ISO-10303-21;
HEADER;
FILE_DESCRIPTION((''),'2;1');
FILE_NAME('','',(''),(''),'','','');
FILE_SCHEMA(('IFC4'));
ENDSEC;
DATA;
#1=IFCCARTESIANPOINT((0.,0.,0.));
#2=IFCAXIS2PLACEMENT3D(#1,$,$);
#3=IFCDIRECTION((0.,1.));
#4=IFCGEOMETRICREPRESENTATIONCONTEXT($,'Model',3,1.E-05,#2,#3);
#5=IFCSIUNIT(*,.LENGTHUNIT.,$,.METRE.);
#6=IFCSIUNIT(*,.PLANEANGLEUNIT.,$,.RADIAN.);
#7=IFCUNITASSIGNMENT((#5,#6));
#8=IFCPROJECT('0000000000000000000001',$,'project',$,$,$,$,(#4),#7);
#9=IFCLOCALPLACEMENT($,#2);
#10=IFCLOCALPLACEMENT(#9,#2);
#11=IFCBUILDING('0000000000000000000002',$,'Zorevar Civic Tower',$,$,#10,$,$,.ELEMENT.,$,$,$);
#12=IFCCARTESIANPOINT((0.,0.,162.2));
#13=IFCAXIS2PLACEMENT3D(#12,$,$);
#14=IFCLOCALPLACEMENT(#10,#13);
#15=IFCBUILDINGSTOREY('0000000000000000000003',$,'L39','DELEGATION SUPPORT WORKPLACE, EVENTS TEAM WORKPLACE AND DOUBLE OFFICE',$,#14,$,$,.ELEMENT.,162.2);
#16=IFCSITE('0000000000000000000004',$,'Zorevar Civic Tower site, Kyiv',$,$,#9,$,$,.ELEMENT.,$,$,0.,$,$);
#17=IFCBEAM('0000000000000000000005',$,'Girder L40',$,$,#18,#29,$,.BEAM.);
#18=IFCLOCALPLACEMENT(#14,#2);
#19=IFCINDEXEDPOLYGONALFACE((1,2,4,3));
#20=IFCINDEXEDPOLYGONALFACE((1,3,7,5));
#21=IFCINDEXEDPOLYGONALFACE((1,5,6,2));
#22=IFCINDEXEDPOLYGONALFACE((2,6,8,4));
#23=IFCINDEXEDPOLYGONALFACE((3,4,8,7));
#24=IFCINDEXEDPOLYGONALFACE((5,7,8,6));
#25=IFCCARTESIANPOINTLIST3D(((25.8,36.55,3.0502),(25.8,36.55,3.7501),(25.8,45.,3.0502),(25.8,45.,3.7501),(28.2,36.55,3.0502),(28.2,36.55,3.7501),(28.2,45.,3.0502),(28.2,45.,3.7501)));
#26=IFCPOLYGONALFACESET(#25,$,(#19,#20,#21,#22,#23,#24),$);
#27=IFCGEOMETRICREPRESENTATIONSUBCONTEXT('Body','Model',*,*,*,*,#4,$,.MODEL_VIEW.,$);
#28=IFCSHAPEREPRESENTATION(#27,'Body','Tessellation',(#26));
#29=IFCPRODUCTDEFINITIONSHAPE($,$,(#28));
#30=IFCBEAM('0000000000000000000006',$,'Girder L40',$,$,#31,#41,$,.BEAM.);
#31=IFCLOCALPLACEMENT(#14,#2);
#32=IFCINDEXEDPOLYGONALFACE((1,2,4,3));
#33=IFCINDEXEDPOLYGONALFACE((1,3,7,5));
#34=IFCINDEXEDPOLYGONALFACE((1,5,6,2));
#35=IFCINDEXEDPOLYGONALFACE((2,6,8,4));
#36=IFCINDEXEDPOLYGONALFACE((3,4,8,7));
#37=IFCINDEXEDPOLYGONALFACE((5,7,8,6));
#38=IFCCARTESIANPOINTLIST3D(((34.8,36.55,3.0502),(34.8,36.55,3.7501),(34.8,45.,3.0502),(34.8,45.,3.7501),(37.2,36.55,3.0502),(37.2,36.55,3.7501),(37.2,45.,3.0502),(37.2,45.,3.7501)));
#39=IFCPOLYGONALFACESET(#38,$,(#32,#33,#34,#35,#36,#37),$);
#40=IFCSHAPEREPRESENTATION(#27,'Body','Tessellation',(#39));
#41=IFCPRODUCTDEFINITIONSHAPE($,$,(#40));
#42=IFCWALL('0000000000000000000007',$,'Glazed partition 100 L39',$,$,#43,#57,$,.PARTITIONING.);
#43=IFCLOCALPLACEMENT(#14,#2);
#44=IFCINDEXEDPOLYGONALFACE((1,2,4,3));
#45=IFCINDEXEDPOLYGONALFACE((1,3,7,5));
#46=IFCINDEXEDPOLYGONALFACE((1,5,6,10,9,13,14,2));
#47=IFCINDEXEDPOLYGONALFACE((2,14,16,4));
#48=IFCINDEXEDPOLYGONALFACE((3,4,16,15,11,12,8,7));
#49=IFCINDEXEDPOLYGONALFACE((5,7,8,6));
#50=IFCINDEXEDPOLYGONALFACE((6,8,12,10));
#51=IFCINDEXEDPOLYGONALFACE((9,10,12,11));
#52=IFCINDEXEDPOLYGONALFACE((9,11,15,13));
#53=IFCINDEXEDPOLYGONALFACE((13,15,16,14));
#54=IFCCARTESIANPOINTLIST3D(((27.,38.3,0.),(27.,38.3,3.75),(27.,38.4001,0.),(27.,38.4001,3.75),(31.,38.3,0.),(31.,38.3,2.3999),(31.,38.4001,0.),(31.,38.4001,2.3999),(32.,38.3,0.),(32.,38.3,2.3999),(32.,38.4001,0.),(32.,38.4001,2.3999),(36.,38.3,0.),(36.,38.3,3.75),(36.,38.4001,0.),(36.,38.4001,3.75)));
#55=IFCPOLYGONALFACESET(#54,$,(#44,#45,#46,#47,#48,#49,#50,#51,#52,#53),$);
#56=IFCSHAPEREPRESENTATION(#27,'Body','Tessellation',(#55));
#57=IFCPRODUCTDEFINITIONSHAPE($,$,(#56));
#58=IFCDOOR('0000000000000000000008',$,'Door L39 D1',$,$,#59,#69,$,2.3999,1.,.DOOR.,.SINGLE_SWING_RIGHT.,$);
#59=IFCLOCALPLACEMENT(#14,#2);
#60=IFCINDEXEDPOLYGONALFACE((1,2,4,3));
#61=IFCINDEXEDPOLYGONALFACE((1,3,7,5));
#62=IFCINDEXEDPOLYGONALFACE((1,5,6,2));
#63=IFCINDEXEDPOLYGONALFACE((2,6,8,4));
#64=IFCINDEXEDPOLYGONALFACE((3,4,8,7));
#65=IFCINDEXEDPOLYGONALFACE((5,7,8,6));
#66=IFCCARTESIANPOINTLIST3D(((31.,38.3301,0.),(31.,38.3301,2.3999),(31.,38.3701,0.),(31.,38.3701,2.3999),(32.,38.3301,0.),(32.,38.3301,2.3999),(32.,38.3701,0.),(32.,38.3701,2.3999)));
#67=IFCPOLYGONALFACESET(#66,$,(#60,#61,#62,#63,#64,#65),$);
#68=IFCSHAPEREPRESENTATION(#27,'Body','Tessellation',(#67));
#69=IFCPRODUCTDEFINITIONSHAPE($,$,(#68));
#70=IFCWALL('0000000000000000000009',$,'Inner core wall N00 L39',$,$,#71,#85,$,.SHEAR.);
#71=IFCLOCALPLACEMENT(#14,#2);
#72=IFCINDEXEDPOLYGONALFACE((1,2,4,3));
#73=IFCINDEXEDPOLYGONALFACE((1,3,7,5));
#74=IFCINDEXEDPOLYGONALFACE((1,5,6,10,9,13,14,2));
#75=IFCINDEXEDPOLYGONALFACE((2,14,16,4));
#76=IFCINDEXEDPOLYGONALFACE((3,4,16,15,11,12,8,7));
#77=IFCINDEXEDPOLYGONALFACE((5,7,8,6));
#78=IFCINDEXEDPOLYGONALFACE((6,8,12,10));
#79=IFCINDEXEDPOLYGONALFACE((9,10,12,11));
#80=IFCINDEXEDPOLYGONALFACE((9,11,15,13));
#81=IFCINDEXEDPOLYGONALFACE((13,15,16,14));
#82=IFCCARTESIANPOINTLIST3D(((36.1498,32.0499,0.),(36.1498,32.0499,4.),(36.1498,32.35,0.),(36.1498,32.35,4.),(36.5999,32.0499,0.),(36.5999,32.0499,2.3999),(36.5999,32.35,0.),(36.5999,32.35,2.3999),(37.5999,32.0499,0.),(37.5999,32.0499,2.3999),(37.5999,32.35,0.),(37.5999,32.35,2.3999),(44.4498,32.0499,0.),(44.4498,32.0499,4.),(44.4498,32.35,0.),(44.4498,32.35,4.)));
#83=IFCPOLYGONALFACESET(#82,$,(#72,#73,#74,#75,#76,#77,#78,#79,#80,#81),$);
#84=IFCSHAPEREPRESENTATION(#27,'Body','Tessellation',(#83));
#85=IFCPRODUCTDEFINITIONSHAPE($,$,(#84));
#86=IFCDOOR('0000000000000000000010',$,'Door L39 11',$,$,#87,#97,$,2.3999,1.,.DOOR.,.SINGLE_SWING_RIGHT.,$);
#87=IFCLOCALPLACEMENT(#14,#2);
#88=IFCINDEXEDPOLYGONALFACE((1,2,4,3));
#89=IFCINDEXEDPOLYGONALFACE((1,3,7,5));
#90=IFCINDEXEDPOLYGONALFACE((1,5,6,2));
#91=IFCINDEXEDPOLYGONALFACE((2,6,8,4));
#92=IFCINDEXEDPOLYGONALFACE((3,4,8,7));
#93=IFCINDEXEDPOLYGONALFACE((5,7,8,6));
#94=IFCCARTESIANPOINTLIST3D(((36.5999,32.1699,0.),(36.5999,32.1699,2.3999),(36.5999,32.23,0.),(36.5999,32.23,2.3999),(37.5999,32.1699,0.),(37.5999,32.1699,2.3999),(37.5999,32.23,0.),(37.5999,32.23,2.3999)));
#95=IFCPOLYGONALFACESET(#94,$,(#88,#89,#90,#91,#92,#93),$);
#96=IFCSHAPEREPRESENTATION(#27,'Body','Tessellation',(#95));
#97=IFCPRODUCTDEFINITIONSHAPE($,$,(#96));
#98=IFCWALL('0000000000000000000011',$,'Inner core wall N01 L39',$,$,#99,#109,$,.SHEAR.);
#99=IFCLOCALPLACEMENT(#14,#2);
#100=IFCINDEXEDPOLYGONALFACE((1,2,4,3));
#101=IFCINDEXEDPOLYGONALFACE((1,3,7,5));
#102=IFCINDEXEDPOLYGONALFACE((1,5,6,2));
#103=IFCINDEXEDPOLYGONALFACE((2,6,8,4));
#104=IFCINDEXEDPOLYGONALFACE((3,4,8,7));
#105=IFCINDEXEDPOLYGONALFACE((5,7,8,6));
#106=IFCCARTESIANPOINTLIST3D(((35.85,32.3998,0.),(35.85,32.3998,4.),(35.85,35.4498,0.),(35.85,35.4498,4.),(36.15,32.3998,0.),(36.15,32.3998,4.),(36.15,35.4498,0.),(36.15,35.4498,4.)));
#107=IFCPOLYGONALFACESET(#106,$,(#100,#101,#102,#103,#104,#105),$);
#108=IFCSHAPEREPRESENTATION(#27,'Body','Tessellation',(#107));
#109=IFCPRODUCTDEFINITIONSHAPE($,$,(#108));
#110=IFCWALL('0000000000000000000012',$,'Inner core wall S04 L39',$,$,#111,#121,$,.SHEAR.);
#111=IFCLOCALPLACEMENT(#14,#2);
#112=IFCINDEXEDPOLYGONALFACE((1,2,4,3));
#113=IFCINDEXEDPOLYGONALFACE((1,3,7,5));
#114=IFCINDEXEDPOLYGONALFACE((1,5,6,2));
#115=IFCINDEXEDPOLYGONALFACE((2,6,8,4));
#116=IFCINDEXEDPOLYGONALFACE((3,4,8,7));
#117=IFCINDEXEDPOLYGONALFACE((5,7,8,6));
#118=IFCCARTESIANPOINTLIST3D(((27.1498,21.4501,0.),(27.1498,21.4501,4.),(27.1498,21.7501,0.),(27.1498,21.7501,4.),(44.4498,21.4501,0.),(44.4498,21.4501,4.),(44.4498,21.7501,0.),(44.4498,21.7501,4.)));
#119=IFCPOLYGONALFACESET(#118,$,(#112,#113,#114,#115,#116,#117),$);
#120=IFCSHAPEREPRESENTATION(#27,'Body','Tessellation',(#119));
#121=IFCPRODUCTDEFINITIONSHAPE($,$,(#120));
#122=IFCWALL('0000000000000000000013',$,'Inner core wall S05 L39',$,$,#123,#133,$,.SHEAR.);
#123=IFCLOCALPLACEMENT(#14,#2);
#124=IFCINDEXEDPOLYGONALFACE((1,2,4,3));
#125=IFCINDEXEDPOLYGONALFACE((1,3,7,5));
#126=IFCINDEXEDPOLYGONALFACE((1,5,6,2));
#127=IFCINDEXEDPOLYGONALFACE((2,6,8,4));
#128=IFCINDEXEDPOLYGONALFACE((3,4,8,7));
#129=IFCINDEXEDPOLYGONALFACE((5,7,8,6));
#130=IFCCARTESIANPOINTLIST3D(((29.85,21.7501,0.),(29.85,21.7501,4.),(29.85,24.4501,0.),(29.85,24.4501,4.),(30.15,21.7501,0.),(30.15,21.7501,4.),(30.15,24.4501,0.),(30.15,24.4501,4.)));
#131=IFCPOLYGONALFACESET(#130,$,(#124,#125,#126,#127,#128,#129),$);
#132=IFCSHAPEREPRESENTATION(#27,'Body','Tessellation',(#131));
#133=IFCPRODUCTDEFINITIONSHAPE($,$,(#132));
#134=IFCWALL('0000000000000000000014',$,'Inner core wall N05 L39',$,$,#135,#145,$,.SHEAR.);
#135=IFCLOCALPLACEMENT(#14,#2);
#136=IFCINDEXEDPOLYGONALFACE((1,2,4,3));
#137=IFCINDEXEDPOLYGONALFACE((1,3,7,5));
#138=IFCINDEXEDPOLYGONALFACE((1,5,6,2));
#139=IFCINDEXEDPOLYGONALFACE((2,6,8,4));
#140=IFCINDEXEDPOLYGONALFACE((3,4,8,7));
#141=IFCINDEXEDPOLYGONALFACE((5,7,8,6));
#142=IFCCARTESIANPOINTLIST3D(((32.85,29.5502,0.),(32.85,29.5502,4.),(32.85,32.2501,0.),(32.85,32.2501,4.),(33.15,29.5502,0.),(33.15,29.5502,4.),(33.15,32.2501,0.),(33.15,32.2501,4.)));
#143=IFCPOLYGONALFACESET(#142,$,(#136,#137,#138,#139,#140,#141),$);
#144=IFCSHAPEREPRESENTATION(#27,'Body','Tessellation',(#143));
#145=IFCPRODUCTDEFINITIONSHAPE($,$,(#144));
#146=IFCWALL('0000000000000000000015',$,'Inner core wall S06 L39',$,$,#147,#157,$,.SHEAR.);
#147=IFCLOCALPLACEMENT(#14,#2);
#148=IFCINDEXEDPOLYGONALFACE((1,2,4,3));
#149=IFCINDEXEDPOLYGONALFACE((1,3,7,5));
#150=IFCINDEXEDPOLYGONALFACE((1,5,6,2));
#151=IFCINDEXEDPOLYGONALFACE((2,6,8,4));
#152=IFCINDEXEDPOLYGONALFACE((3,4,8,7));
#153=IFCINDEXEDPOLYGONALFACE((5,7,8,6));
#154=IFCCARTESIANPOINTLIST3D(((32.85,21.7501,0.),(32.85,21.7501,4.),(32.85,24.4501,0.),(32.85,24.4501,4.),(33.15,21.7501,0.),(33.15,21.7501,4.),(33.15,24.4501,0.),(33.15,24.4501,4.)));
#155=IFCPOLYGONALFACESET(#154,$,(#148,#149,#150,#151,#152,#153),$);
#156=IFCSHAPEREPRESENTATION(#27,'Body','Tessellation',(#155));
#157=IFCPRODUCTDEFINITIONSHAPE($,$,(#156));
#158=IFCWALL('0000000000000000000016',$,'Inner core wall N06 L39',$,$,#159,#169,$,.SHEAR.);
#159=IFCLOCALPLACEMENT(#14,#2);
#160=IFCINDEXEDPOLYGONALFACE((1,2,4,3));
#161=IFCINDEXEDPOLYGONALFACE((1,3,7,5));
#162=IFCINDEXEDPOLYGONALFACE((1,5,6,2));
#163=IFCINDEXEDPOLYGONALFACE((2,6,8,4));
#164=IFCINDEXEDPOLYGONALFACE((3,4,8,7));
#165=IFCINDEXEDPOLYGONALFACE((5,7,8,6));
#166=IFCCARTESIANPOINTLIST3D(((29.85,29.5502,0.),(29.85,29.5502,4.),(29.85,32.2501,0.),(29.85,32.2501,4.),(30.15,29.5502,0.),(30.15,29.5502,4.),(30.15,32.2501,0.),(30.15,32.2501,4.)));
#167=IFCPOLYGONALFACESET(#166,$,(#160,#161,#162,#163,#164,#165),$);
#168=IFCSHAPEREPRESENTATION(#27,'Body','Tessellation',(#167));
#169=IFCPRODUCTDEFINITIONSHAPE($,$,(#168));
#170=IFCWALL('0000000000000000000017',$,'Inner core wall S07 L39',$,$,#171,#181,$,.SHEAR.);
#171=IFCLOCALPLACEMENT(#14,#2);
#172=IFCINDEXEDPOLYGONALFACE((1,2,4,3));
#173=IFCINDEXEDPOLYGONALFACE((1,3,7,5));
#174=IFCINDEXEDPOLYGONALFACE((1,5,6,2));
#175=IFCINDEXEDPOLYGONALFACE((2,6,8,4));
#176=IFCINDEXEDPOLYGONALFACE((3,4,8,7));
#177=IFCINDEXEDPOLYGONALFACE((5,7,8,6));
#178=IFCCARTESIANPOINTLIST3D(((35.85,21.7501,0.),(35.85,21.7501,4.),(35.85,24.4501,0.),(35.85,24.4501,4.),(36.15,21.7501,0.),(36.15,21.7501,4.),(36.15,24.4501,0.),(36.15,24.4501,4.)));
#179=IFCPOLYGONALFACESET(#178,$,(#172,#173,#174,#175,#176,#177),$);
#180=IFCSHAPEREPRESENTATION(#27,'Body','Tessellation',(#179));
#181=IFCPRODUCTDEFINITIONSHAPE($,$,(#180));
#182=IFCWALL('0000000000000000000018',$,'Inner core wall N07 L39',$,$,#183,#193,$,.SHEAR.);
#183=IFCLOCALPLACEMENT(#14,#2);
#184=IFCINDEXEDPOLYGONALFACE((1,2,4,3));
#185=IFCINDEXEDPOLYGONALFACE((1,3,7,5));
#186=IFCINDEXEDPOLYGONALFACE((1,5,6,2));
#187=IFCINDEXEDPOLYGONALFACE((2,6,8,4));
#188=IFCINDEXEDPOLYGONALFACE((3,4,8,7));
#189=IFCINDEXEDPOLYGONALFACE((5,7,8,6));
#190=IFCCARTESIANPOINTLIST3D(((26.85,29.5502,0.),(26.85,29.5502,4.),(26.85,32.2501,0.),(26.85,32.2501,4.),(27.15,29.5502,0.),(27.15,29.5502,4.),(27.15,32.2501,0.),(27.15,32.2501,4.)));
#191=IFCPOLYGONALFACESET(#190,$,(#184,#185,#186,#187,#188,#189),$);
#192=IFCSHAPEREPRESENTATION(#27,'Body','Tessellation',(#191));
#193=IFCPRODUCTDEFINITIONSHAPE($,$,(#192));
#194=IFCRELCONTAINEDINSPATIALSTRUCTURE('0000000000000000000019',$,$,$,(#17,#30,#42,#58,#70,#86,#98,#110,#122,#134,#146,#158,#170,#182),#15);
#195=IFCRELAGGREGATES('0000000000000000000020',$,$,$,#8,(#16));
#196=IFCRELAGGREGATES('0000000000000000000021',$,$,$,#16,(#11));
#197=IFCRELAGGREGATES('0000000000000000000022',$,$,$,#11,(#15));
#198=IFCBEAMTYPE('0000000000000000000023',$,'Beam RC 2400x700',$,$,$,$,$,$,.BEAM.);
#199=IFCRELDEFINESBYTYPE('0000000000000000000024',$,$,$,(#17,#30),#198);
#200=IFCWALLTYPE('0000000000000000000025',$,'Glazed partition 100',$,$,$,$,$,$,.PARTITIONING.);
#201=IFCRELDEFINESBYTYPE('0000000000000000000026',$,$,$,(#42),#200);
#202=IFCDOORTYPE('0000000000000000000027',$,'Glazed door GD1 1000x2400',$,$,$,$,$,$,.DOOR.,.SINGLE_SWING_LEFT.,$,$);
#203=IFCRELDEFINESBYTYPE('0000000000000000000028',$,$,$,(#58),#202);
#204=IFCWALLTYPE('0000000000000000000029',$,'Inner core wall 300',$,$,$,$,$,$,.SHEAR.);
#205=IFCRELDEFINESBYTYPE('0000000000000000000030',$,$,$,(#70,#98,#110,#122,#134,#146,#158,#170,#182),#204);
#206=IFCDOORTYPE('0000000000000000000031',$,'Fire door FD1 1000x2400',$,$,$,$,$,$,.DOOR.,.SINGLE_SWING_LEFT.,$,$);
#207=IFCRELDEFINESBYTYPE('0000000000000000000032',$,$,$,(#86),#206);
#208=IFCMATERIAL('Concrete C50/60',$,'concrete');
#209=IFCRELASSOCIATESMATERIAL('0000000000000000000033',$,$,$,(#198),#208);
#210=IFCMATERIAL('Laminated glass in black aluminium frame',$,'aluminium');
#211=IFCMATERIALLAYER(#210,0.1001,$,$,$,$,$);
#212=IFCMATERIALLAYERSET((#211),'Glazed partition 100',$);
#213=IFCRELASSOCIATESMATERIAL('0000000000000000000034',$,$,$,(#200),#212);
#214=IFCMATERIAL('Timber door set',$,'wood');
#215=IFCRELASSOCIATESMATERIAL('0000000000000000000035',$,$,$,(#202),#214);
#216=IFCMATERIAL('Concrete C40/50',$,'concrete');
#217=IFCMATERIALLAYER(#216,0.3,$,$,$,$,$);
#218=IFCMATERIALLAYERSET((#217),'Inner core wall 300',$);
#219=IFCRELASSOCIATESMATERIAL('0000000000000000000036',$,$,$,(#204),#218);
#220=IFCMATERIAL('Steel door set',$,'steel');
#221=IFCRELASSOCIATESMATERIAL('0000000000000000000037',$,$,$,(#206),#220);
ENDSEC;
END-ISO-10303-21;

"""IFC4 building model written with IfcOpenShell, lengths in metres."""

from ifc_helpers import new_model, si_unit, direction, frame, frame_2d, origin, origin_2d, place, context, subcontext, project, spatial, rectangle, extrude, material, layer, layer_set, material_profile, profile_set, type_object, element, fill, save


model = new_model("IFC4")

# Units and contexts
model_context = context("Model", 3, precision=1e-05, world=origin(), true_north=direction((0.0, 1.0)))
body_context = subcontext(model_context, "Body", "Model", "MODEL_VIEW")
ifc_project = project(units=[si_unit("LENGTHUNIT", "METRE"), si_unit("PLANEANGLEUNIT", "RADIAN")], contexts=[model_context])

# Site, building, storey
site_placement = place(None, origin())
site = spatial("IfcSite", under=ifc_project, at=site_placement, Name="Zorevar Civic Tower site, Kyiv", CompositionType="ELEMENT", RefElevation=0.0)
building_placement = place(site_placement, origin())
building = spatial("IfcBuilding", under=site, at=building_placement, Name="Zorevar Civic Tower", CompositionType="ELEMENT")
storey_placement = place(building_placement, frame((0.0, 0.0, 162.2)))
storey = spatial("IfcBuildingStorey", under=building, at=storey_placement, Name="L39", Description="DELEGATION SUPPORT WORKPLACE, EVENTS TEAM WORKPLACE AND DOUBLE OFFICE", CompositionType="ELEMENT", Elevation=162.2)

# Beams
ifc_material_1 = material(Name="Concrete C50/60", Category="concrete")
ifc_material_profile = material_profile(ifc_material_1, rectangle(XDim=2.3999, YDim=0.7, at=origin_2d()), Name="RC 2400x700")
ifc_profile_set = profile_set([ifc_material_profile], Name="Concrete C50/60")
beam_type = type_object("IfcBeamType", Name="Beam RC 2400x700", PredefinedType="BEAM", material=ifc_profile_set)
for number, where, z_axis, x_axis, name in (
    (1, (27.0, 36.55, 3.4001), (0.0, 1.0, 0.0), (-1.0, 0.0, 0.0), "Girder L40"),
    (2, (36.0, 36.55, 3.4001), (0.0, 1.0, 0.0), (-1.0, 0.0, 0.0), "Girder L40"),
):
    element("IfcBeam", number, at=place(storey_placement, frame(where, z_axis=z_axis, x_axis=x_axis)), inside=storey, type_object=beam_type, Name=name, PredefinedType="BEAM", context=body_context, shape_type="SweptSolid", body=[
        extrude(rectangle(XDim=2.3999, YDim=0.7, at=origin_2d()), origin(), (0.0, 0.0, 1.0), 8.45),
    ])

# Walls, openings, doors
ifc_material_2 = material(Name="Laminated glass in black aluminium frame", Category="aluminium")
ifc_layer_1 = layer(ifc_material_2, 0.1001)
ifc_layer_set_1 = layer_set([ifc_layer_1], Name="Glazed partition 100")
wall_type_1 = type_object("IfcWallType", Name="Glazed partition 100", PredefinedType="PARTITIONING", material=ifc_layer_set_1)
wall_1_placement = place(storey_placement, frame((27.0, 38.3501, 0.0), z_axis=(0.0, 0.0, 1.0), x_axis=(1.0, 0.0, 0.0)))
wall_1 = element("IfcWall", 3, at=wall_1_placement, inside=storey, type_object=wall_type_1, Name="Glazed partition 100 L39", PredefinedType="PARTITIONING", context=body_context, shape_type="SweptSolid", body=[
    extrude(rectangle(XDim=9.0, YDim=0.1001, at=frame_2d((4.5, 0.0))), origin(), (0.0, 0.0, 1.0), 3.75),
])
opening_1_placement = place(wall_1_placement, frame((4.0, 0.0, 0.0)))
opening_1 = element("IfcOpeningElement", 4, at=opening_1_placement, cuts=wall_1, PredefinedType="OPENING", context=body_context, shape_type="SweptSolid", body=[
    extrude(rectangle(XDim=1.0, YDim=2.3999, at=frame_2d((0.5, 1.2))), frame((0.0, 0.0601, 0.0), z_axis=(0.0, -1.0, 0.0), x_axis=(1.0, 0.0, 0.0)), (0.0, 0.0, 1.0), 0.1201),
])
ifc_material_3 = material(Name="Timber door set", Category="wood")
door_type_1 = type_object("IfcDoorType", Name="Glazed door GD1 1000x2400", OperationType="SINGLE_SWING_LEFT", PredefinedType="DOOR", material=ifc_material_3)
door_1_placement = place(opening_1_placement, origin())
door_1 = element("IfcDoor", 5, at=door_1_placement, inside=storey, type_object=door_type_1, Name="Door L39 D1", OperationType="SINGLE_SWING_RIGHT", OverallHeight=2.3999, OverallWidth=1.0, PredefinedType="DOOR", context=body_context, shape_type="SweptSolid", body=[
    extrude(rectangle(XDim=1.0, YDim=2.3999, at=frame_2d((0.5, 1.2))), frame((0.0, 0.02, 0.0), z_axis=(0.0, -1.0, 0.0), x_axis=(1.0, 0.0, 0.0)), (0.0, 0.0, 1.0), 0.04),
])
fill(opening_1, door_1)
ifc_material_4 = material(Name="Concrete C40/50", Category="concrete")
ifc_layer_2 = layer(ifc_material_4, 0.3)
ifc_layer_set_2 = layer_set([ifc_layer_2], Name="Inner core wall 300")
wall_type_2 = type_object("IfcWallType", Name="Inner core wall 300", PredefinedType="SHEAR", material=ifc_layer_set_2)
wall_2_placement = place(storey_placement, frame((36.1499, 32.2, 0.0), z_axis=(0.0, 0.0, 1.0), x_axis=(1.0, 0.0, 0.0)))
wall_2 = element("IfcWall", 6, at=wall_2_placement, inside=storey, type_object=wall_type_2, Name="Inner core wall N00 L39", PredefinedType="SHEAR", context=body_context, shape_type="SweptSolid", body=[
    extrude(rectangle(XDim=8.3, YDim=0.3, at=frame_2d((4.1499, 0.0))), origin(), (0.0, 0.0, 1.0), 4.0),
])
opening_2_placement = place(wall_2_placement, frame((0.45, 0.0, 0.0)))
opening_2 = element("IfcOpeningElement", 7, at=opening_2_placement, cuts=wall_2, PredefinedType="OPENING", context=body_context, shape_type="SweptSolid", body=[
    extrude(rectangle(XDim=1.0, YDim=2.3999, at=frame_2d((0.5, 1.2))), frame((0.0, 0.1599, 0.0), z_axis=(0.0, -1.0, 0.0), x_axis=(1.0, 0.0, 0.0)), (0.0, 0.0, 1.0), 0.3201),
])
ifc_material_5 = material(Name="Steel door set", Category="steel")
door_type_2 = type_object("IfcDoorType", Name="Fire door FD1 1000x2400", OperationType="SINGLE_SWING_LEFT", PredefinedType="DOOR", material=ifc_material_5)
door_2_placement = place(opening_2_placement, origin())
door_2 = element("IfcDoor", 8, at=door_2_placement, inside=storey, type_object=door_type_2, Name="Door L39 11", OperationType="SINGLE_SWING_RIGHT", OverallHeight=2.3999, OverallWidth=1.0, PredefinedType="DOOR", context=body_context, shape_type="SweptSolid", body=[
    extrude(rectangle(XDim=1.0, YDim=2.3999, at=frame_2d((0.5, 1.2))), frame((0.0, 0.03, 0.0), z_axis=(0.0, -1.0, 0.0), x_axis=(1.0, 0.0, 0.0)), (0.0, 0.0, 1.0), 0.0601),
])
fill(opening_2, door_2)

# Wall
wall_3_placement = place(storey_placement, frame((36.0, 32.3999, 0.0), z_axis=(0.0, 0.0, 1.0), x_axis=(0.0, 1.0, 0.0)))
element("IfcWall", 9, at=wall_3_placement, inside=storey, type_object=wall_type_2, Name="Inner core wall N01 L39", PredefinedType="SHEAR", context=body_context, shape_type="SweptSolid", body=[
    extrude(rectangle(XDim=3.05, YDim=0.3, at=frame_2d((1.5249, 0.0))), origin(), (0.0, 0.0, 1.0), 4.0),
])

# Walls
wall_4_placement = place(storey_placement, frame((27.1499, 21.6001, 0.0), z_axis=(0.0, 0.0, 1.0), x_axis=(1.0, 0.0, 0.0)))
element("IfcWall", 10, at=wall_4_placement, inside=storey, type_object=wall_type_2, Name="Inner core wall S04 L39", PredefinedType="SHEAR", context=body_context, shape_type="SweptSolid", body=[
    extrude(rectangle(XDim=17.3, YDim=0.3, at=frame_2d((8.6499, 0.0))), origin(), (0.0, 0.0, 1.0), 4.0),
])
for number, where, z_axis, x_axis, name in (
    (11, (30.0, 21.75, 0.0), (0.0, 0.0, 1.0), (0.0, 1.0, 0.0), "Inner core wall S05 L39"),
    (12, (33.0, 29.55, 0.0), (0.0, 0.0, 1.0), (0.0, 1.0, 0.0), "Inner core wall N05 L39"),
    (13, (33.0, 21.75, 0.0), (0.0, 0.0, 1.0), (0.0, 1.0, 0.0), "Inner core wall S06 L39"),
    (14, (30.0, 29.55, 0.0), (0.0, 0.0, 1.0), (0.0, 1.0, 0.0), "Inner core wall N06 L39"),
    (15, (36.0, 21.75, 0.0), (0.0, 0.0, 1.0), (0.0, 1.0, 0.0), "Inner core wall S07 L39"),
    (16, (27.0, 29.55, 0.0), (0.0, 0.0, 1.0), (0.0, 1.0, 0.0), "Inner core wall N07 L39"),
):
    element("IfcWall", number, at=place(storey_placement, frame(where, z_axis=z_axis, x_axis=x_axis)), inside=storey, type_object=wall_type_2, Name=name, PredefinedType="SHEAR", context=body_context, shape_type="SweptSolid", body=[
        extrude(rectangle(XDim=2.7, YDim=0.3, at=frame_2d((1.3501, 0.0))), origin(), (0.0, 0.0, 1.0), 4.0),
    ])

save(model, "model.ifc")
